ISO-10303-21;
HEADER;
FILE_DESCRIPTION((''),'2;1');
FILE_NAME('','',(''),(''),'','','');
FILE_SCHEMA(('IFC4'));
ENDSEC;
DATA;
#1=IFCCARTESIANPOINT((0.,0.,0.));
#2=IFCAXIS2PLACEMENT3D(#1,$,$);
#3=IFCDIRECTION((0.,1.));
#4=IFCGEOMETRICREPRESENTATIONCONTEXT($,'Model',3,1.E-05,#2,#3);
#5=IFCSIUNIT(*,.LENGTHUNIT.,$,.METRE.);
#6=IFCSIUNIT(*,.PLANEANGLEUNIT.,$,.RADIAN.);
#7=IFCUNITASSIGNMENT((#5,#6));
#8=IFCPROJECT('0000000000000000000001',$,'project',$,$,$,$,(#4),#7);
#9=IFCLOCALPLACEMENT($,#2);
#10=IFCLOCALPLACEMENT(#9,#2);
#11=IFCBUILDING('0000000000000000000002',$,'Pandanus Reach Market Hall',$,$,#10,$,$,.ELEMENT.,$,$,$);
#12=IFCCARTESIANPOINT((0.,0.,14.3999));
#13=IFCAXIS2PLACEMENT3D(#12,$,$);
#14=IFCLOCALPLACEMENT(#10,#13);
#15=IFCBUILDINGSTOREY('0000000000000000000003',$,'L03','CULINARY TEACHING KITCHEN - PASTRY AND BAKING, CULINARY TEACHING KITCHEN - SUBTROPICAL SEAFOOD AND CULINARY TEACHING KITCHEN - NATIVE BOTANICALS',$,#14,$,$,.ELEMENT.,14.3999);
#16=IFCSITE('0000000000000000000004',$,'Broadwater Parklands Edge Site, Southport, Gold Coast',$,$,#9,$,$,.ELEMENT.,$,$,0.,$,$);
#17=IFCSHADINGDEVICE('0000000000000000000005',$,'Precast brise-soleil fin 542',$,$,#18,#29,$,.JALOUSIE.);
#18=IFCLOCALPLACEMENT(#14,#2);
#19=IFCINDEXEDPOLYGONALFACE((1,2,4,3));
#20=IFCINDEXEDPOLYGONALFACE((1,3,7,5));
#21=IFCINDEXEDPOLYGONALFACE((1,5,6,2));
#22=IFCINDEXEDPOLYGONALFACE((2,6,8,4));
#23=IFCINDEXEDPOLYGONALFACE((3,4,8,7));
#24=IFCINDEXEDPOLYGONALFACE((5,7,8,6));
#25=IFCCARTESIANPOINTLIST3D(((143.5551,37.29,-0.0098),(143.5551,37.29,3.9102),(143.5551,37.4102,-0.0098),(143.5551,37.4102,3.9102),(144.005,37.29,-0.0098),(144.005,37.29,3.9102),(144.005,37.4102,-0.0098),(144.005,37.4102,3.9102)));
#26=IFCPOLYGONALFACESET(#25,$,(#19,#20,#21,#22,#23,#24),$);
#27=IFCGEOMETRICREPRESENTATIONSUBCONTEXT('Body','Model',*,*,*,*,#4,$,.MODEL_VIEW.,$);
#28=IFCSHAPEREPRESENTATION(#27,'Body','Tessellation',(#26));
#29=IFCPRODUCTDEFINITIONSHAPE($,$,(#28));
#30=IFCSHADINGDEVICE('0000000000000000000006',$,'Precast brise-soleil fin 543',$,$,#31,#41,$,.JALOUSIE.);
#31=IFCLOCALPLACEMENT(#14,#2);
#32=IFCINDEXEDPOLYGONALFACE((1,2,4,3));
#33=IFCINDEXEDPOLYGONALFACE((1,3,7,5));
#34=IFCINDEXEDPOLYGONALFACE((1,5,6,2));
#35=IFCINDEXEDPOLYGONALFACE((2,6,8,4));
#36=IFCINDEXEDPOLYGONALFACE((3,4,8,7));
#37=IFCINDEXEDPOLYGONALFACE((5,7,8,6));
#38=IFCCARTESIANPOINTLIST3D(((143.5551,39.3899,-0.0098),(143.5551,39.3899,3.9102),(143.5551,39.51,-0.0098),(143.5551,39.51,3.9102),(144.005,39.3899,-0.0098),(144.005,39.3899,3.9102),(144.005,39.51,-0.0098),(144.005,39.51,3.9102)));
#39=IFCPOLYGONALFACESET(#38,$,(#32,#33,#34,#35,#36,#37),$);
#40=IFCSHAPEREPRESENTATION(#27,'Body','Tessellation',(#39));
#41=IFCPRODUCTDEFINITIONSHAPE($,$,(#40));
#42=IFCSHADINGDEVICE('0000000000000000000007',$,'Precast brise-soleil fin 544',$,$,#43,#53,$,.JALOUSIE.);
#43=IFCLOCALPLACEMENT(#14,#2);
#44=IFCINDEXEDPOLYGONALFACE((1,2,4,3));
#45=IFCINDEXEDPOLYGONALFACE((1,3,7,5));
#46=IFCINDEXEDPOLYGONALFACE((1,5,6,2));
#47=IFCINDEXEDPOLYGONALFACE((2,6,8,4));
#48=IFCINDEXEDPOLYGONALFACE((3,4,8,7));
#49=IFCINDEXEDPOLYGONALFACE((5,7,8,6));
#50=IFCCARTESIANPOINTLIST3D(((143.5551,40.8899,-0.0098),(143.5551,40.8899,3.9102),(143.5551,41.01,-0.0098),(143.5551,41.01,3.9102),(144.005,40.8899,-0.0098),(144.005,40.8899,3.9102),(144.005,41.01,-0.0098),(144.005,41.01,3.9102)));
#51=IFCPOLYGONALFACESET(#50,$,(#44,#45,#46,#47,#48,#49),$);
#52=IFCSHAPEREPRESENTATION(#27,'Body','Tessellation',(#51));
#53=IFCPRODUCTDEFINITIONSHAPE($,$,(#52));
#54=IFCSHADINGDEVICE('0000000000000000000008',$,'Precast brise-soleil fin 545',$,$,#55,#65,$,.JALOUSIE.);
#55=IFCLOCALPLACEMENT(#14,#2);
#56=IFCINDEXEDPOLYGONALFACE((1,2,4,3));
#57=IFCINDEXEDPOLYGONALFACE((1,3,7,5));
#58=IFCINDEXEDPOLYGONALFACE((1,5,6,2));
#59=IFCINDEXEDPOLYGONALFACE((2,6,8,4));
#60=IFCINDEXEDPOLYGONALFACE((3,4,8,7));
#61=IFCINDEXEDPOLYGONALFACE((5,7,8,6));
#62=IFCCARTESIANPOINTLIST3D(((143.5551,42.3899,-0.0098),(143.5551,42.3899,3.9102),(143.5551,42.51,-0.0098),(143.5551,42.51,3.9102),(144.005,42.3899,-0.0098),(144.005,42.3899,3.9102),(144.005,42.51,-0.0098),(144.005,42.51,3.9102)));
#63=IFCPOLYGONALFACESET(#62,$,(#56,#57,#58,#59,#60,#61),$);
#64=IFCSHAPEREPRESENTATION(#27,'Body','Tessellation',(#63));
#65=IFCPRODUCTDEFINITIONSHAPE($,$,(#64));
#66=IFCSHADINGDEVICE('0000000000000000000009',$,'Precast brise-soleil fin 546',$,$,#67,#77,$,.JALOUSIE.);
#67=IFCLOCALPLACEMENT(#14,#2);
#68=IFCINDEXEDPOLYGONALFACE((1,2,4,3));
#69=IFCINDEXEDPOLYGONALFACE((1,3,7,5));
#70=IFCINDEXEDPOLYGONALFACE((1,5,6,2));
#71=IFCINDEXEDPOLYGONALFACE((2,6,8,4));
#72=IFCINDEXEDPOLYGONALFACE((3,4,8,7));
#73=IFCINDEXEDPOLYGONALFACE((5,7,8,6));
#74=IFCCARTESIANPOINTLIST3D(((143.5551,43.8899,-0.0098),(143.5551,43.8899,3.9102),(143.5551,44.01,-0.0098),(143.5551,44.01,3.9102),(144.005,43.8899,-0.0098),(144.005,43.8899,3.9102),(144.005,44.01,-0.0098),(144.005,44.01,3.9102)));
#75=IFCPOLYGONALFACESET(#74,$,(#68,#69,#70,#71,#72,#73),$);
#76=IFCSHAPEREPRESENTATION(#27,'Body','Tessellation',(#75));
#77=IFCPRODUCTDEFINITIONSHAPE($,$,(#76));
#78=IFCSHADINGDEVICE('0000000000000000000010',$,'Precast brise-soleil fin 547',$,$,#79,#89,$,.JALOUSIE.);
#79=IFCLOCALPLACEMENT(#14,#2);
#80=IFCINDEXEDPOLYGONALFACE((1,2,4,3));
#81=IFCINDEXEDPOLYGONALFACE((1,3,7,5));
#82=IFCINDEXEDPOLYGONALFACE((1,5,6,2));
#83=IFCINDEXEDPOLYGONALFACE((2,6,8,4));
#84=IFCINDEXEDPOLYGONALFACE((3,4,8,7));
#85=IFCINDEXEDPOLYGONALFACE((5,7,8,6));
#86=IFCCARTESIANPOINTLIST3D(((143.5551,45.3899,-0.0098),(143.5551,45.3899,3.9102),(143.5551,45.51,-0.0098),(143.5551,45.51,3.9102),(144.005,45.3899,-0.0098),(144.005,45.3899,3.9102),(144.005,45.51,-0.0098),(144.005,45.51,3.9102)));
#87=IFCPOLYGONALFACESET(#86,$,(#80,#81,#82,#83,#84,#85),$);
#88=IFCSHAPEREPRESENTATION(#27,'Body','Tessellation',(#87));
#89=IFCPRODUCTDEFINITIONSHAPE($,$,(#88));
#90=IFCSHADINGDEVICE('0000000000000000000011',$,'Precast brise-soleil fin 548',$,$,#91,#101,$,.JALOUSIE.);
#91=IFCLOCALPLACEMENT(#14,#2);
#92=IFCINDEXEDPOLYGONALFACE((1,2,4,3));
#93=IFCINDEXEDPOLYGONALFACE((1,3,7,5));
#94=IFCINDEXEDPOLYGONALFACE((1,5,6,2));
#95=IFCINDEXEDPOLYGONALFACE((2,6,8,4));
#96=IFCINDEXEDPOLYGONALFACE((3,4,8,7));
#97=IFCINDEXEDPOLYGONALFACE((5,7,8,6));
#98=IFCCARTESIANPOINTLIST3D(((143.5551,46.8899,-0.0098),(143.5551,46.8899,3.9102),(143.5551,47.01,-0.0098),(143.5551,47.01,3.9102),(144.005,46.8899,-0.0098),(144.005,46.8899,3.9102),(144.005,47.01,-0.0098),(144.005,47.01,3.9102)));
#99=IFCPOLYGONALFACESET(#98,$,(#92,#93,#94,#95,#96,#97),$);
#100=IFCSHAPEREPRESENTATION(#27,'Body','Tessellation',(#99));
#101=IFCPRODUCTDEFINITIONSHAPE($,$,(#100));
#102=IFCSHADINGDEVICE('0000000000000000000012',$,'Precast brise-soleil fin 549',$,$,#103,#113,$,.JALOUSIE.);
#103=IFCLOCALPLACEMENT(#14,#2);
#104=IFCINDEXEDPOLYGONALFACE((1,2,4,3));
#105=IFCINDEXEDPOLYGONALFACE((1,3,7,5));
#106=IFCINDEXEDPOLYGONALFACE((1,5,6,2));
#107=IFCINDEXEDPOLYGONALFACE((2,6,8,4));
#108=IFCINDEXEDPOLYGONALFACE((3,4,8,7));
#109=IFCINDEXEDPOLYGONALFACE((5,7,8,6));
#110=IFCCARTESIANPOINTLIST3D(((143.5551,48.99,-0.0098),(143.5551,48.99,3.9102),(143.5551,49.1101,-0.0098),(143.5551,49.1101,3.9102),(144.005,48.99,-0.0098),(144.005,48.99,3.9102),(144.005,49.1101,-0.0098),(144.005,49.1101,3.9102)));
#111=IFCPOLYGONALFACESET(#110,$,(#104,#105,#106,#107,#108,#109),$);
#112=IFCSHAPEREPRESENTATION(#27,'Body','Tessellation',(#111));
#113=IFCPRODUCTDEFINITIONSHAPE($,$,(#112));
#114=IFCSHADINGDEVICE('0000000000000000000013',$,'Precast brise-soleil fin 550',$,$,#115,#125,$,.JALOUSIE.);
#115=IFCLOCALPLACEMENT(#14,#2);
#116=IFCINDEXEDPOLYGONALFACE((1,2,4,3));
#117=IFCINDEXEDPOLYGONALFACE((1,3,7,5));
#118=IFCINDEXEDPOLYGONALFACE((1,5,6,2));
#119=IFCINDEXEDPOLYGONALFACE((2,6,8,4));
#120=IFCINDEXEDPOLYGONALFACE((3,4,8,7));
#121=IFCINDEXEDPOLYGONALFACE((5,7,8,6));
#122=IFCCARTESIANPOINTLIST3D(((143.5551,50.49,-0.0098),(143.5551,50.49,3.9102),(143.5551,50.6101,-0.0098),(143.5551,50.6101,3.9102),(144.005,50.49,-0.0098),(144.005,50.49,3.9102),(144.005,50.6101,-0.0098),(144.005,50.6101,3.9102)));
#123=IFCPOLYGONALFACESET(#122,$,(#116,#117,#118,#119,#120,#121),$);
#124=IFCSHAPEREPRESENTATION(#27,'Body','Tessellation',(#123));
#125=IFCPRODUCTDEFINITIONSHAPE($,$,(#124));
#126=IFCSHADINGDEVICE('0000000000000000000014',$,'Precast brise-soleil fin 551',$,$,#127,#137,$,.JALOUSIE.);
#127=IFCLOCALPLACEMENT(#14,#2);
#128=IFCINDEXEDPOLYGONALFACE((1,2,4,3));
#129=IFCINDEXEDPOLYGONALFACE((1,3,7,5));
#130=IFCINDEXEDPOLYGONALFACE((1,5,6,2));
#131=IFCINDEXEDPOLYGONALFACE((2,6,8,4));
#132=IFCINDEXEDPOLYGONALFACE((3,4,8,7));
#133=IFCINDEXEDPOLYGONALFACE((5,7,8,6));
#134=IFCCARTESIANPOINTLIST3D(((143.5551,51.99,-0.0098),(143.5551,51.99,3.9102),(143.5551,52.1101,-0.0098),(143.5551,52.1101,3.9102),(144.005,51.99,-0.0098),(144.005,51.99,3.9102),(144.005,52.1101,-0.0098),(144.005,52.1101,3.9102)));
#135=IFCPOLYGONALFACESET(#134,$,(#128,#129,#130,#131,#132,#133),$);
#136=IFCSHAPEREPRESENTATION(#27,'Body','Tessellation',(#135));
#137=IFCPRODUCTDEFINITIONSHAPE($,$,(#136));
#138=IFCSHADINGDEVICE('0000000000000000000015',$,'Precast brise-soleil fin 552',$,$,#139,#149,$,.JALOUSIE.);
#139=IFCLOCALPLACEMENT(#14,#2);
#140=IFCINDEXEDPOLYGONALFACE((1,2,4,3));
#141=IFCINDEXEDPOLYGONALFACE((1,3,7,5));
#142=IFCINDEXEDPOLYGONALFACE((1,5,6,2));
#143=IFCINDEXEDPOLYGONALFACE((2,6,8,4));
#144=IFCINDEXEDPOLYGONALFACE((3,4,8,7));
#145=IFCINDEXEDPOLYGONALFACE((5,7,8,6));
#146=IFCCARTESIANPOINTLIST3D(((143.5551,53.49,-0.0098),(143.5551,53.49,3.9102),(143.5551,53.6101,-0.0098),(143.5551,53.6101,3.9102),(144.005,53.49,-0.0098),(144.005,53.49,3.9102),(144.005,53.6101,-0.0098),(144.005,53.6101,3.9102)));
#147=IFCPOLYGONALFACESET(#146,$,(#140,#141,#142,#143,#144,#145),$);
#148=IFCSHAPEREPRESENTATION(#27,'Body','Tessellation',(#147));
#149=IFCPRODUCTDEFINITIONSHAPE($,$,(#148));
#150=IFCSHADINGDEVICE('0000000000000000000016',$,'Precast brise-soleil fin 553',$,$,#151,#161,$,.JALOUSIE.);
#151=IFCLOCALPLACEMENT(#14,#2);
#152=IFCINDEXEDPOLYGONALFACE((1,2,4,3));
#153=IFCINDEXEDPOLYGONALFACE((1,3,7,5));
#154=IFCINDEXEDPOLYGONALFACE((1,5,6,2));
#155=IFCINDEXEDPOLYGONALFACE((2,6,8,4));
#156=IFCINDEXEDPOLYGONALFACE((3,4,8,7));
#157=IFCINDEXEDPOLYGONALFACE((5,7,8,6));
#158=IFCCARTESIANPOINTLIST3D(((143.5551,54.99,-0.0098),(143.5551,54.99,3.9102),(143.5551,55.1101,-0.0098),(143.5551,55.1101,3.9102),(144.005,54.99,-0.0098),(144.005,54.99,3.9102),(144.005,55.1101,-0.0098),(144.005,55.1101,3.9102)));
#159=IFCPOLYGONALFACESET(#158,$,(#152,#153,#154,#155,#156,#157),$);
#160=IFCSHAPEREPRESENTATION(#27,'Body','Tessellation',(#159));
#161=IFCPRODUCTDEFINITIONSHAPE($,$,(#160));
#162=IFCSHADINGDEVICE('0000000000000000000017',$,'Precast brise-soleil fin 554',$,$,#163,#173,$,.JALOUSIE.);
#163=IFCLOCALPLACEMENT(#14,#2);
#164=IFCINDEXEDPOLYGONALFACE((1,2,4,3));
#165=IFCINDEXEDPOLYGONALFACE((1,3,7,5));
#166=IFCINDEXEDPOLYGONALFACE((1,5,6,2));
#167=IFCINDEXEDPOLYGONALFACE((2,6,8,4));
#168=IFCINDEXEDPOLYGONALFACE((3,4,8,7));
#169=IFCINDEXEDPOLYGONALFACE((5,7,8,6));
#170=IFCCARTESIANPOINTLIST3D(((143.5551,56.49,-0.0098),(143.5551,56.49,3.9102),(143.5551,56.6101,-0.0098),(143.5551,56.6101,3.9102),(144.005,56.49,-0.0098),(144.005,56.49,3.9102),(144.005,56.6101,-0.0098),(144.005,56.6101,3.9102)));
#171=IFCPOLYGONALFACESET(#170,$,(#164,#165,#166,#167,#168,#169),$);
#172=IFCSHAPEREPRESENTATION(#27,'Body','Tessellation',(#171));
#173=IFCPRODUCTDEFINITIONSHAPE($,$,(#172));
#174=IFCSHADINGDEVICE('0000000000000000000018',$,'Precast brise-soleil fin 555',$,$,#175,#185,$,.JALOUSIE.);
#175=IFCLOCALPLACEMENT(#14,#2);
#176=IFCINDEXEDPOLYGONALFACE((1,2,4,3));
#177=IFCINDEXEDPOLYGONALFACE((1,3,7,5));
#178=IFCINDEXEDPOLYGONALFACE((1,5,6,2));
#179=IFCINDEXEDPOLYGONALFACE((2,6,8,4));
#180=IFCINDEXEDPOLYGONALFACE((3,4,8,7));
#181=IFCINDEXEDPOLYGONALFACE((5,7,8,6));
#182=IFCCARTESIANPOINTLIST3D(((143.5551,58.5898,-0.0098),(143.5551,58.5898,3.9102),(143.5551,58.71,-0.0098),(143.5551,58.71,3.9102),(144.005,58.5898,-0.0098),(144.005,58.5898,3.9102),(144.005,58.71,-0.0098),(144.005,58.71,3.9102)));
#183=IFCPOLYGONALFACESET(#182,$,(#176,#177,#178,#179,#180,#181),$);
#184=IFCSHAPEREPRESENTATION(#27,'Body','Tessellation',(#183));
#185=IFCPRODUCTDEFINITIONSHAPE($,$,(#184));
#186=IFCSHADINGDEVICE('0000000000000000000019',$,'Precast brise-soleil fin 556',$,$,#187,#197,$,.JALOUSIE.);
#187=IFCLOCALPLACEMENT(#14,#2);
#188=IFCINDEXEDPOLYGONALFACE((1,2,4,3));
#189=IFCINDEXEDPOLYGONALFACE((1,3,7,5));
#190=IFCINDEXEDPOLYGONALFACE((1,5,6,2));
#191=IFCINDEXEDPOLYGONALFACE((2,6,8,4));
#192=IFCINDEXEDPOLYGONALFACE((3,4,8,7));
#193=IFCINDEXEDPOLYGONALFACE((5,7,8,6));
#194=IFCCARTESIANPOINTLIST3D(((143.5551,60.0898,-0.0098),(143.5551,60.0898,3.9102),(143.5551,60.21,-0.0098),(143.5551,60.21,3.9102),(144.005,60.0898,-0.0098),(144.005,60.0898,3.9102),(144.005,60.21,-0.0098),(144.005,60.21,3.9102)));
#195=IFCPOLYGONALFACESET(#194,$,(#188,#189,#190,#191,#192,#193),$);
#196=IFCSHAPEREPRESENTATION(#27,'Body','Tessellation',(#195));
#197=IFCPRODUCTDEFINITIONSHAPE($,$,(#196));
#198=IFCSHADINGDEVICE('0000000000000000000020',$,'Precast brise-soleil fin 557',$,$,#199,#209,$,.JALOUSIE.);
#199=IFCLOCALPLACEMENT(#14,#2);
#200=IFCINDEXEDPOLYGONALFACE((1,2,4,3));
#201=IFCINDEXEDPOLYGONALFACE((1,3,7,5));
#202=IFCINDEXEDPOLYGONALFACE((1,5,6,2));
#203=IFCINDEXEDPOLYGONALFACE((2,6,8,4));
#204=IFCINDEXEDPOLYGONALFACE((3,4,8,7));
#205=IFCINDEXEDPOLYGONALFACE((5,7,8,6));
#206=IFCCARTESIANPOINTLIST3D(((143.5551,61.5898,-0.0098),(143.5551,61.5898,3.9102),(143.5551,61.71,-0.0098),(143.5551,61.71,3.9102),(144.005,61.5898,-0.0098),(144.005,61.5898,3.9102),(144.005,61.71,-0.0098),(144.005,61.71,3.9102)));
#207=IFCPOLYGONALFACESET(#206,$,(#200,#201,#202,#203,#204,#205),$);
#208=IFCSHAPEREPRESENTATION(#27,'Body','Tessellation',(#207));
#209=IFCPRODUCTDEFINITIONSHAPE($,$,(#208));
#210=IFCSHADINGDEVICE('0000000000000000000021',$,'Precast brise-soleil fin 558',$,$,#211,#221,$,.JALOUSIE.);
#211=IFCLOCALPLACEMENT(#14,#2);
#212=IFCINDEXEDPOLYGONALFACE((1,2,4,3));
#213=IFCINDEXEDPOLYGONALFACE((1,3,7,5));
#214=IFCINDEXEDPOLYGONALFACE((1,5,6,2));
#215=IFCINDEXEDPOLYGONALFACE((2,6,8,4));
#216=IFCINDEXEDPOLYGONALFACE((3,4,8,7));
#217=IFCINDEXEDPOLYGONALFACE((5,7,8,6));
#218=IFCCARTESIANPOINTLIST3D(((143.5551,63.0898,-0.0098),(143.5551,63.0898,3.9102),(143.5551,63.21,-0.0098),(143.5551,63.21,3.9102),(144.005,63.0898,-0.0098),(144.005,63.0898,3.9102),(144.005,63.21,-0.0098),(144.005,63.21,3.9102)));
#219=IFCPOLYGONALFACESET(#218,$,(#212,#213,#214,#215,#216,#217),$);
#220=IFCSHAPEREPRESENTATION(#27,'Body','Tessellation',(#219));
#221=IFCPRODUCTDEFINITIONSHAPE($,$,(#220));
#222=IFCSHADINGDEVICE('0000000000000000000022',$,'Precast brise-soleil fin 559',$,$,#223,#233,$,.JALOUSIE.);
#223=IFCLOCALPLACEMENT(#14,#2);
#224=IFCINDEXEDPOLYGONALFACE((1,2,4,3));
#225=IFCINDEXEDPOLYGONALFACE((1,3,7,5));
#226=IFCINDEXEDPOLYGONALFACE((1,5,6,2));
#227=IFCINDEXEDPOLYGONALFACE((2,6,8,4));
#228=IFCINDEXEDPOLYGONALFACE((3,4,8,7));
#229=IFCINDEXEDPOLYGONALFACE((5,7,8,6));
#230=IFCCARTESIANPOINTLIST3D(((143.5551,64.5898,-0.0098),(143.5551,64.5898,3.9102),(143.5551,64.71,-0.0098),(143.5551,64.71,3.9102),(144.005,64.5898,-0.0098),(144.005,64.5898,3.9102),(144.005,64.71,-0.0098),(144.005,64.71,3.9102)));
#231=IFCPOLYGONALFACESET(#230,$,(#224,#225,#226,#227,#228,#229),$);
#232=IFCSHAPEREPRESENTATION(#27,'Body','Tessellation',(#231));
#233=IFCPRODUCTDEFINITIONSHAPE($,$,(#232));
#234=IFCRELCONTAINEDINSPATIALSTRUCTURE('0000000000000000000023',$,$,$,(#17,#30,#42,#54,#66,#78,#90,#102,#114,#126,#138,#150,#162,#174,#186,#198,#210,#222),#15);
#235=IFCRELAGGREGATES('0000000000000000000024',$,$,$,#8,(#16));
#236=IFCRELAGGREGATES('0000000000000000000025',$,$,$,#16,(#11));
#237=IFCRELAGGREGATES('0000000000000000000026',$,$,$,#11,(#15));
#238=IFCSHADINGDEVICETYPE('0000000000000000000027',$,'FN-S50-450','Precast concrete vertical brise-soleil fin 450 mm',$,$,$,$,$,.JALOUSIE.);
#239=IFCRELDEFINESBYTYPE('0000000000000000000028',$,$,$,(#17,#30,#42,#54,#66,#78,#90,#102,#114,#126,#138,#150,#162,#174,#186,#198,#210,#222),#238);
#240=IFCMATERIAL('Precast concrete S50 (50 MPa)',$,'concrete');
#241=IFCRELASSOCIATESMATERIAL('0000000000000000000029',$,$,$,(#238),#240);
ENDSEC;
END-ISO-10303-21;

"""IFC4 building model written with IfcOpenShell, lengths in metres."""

from ifc_helpers import new_model, si_unit, direction, frame, origin, origin_2d, place, context, subcontext, project, spatial, rectangle, extrude, material, type_object, element, save


model = new_model("IFC4")

# Units and contexts
model_context = context("Model", 3, precision=1e-05, world=origin(), true_north=direction((0.0, 1.0)))
body_context = subcontext(model_context, "Body", "Model", "MODEL_VIEW")
ifc_project = project(units=[si_unit("LENGTHUNIT", "METRE"), si_unit("PLANEANGLEUNIT", "RADIAN")], contexts=[model_context])

# Site, building, storey
site_placement = place(None, origin())
site = spatial("IfcSite", under=ifc_project, at=site_placement, Name="Broadwater Parklands Edge Site, Southport, Gold Coast", CompositionType="ELEMENT", RefElevation=0.0)
building_placement = place(site_placement, origin())
building = spatial("IfcBuilding", under=site, at=building_placement, Name="Pandanus Reach Market Hall", CompositionType="ELEMENT")
storey_placement = place(building_placement, frame((0.0, 0.0, 14.3999)))
storey = spatial("IfcBuildingStorey", under=building, at=storey_placement, Name="L03", Description="CULINARY TEACHING KITCHEN - PASTRY AND BAKING, CULINARY TEACHING KITCHEN - SUBTROPICAL SEAFOOD AND CULINARY TEACHING KITCHEN - NATIVE BOTANICALS", CompositionType="ELEMENT", Elevation=14.3999)

# Shading devices
ifc_material_1 = material(Name="Precast concrete S50 (50 MPa)", Category="concrete")
shading_device_type = type_object("IfcShadingDeviceType", Name="FN-S50-450", Description="Precast concrete vertical brise-soleil fin 450 mm", PredefinedType="JALOUSIE", material=ifc_material_1)
for number, where, z_axis, x_axis, name in (
    (1, (143.78, 37.3501, -0.0098), (0.0, 0.0, 1.0), (-1.0, 0.0, 0.0), "Precast brise-soleil fin 542"),
    (2, (143.78, 39.45, -0.0098), (0.0, 0.0, 1.0), (-1.0, 0.0, 0.0), "Precast brise-soleil fin 543"),
    (3, (143.78, 40.95, -0.0098), (0.0, 0.0, 1.0), (-1.0, 0.0, 0.0), "Precast brise-soleil fin 544"),
    (4, (143.78, 42.45, -0.0098), (0.0, 0.0, 1.0), (-1.0, 0.0, 0.0), "Precast brise-soleil fin 545"),
    (5, (143.78, 43.95, -0.0098), (0.0, 0.0, 1.0), (-1.0, 0.0, 0.0), "Precast brise-soleil fin 546"),
    (6, (143.78, 45.45, -0.0098), (0.0, 0.0, 1.0), (-1.0, 0.0, 0.0), "Precast brise-soleil fin 547"),
    (7, (143.78, 46.95, -0.0098), (0.0, 0.0, 1.0), (-1.0, 0.0, 0.0), "Precast brise-soleil fin 548"),
    (8, (143.78, 49.05, -0.0098), (0.0, 0.0, 1.0), (-1.0, 0.0, 0.0), "Precast brise-soleil fin 549"),
    (9, (143.78, 50.55, -0.0098), (0.0, 0.0, 1.0), (-1.0, 0.0, 0.0), "Precast brise-soleil fin 550"),
    (10, (143.78, 52.05, -0.0098), (0.0, 0.0, 1.0), (-1.0, 0.0, 0.0), "Precast brise-soleil fin 551"),
    (11, (143.78, 53.55, -0.0098), (0.0, 0.0, 1.0), (-1.0, 0.0, 0.0), "Precast brise-soleil fin 552"),
    (12, (143.78, 55.05, -0.0098), (0.0, 0.0, 1.0), (-1.0, 0.0, 0.0), "Precast brise-soleil fin 553"),
    (13, (143.78, 56.55, -0.0098), (0.0, 0.0, 1.0), (-1.0, 0.0, 0.0), "Precast brise-soleil fin 554"),
    (14, (143.78, 58.6499, -0.0098), (0.0, 0.0, 1.0), (-1.0, 0.0, 0.0), "Precast brise-soleil fin 555"),
    (15, (143.78, 60.1499, -0.0098), (0.0, 0.0, 1.0), (-1.0, 0.0, 0.0), "Precast brise-soleil fin 556"),
    (16, (143.78, 61.6499, -0.0098), (0.0, 0.0, 1.0), (-1.0, 0.0, 0.0), "Precast brise-soleil fin 557"),
    (17, (143.78, 63.1499, -0.0098), (0.0, 0.0, 1.0), (-1.0, 0.0, 0.0), "Precast brise-soleil fin 558"),
    (18, (143.78, 64.6499, -0.0098), (0.0, 0.0, 1.0), (-1.0, 0.0, 0.0), "Precast brise-soleil fin 559"),
):
    element("IfcShadingDevice", number, at=place(storey_placement, frame(where, z_axis=z_axis, x_axis=x_axis)), inside=storey, type_object=shading_device_type, Name=name, PredefinedType="JALOUSIE", context=body_context, shape_type="SweptSolid", body=[
        extrude(rectangle(XDim=0.45, YDim=0.1201, at=origin_2d()), origin(), (0.0, 0.0, 1.0), 3.9199),
    ])

save(model, "model.ifc")
